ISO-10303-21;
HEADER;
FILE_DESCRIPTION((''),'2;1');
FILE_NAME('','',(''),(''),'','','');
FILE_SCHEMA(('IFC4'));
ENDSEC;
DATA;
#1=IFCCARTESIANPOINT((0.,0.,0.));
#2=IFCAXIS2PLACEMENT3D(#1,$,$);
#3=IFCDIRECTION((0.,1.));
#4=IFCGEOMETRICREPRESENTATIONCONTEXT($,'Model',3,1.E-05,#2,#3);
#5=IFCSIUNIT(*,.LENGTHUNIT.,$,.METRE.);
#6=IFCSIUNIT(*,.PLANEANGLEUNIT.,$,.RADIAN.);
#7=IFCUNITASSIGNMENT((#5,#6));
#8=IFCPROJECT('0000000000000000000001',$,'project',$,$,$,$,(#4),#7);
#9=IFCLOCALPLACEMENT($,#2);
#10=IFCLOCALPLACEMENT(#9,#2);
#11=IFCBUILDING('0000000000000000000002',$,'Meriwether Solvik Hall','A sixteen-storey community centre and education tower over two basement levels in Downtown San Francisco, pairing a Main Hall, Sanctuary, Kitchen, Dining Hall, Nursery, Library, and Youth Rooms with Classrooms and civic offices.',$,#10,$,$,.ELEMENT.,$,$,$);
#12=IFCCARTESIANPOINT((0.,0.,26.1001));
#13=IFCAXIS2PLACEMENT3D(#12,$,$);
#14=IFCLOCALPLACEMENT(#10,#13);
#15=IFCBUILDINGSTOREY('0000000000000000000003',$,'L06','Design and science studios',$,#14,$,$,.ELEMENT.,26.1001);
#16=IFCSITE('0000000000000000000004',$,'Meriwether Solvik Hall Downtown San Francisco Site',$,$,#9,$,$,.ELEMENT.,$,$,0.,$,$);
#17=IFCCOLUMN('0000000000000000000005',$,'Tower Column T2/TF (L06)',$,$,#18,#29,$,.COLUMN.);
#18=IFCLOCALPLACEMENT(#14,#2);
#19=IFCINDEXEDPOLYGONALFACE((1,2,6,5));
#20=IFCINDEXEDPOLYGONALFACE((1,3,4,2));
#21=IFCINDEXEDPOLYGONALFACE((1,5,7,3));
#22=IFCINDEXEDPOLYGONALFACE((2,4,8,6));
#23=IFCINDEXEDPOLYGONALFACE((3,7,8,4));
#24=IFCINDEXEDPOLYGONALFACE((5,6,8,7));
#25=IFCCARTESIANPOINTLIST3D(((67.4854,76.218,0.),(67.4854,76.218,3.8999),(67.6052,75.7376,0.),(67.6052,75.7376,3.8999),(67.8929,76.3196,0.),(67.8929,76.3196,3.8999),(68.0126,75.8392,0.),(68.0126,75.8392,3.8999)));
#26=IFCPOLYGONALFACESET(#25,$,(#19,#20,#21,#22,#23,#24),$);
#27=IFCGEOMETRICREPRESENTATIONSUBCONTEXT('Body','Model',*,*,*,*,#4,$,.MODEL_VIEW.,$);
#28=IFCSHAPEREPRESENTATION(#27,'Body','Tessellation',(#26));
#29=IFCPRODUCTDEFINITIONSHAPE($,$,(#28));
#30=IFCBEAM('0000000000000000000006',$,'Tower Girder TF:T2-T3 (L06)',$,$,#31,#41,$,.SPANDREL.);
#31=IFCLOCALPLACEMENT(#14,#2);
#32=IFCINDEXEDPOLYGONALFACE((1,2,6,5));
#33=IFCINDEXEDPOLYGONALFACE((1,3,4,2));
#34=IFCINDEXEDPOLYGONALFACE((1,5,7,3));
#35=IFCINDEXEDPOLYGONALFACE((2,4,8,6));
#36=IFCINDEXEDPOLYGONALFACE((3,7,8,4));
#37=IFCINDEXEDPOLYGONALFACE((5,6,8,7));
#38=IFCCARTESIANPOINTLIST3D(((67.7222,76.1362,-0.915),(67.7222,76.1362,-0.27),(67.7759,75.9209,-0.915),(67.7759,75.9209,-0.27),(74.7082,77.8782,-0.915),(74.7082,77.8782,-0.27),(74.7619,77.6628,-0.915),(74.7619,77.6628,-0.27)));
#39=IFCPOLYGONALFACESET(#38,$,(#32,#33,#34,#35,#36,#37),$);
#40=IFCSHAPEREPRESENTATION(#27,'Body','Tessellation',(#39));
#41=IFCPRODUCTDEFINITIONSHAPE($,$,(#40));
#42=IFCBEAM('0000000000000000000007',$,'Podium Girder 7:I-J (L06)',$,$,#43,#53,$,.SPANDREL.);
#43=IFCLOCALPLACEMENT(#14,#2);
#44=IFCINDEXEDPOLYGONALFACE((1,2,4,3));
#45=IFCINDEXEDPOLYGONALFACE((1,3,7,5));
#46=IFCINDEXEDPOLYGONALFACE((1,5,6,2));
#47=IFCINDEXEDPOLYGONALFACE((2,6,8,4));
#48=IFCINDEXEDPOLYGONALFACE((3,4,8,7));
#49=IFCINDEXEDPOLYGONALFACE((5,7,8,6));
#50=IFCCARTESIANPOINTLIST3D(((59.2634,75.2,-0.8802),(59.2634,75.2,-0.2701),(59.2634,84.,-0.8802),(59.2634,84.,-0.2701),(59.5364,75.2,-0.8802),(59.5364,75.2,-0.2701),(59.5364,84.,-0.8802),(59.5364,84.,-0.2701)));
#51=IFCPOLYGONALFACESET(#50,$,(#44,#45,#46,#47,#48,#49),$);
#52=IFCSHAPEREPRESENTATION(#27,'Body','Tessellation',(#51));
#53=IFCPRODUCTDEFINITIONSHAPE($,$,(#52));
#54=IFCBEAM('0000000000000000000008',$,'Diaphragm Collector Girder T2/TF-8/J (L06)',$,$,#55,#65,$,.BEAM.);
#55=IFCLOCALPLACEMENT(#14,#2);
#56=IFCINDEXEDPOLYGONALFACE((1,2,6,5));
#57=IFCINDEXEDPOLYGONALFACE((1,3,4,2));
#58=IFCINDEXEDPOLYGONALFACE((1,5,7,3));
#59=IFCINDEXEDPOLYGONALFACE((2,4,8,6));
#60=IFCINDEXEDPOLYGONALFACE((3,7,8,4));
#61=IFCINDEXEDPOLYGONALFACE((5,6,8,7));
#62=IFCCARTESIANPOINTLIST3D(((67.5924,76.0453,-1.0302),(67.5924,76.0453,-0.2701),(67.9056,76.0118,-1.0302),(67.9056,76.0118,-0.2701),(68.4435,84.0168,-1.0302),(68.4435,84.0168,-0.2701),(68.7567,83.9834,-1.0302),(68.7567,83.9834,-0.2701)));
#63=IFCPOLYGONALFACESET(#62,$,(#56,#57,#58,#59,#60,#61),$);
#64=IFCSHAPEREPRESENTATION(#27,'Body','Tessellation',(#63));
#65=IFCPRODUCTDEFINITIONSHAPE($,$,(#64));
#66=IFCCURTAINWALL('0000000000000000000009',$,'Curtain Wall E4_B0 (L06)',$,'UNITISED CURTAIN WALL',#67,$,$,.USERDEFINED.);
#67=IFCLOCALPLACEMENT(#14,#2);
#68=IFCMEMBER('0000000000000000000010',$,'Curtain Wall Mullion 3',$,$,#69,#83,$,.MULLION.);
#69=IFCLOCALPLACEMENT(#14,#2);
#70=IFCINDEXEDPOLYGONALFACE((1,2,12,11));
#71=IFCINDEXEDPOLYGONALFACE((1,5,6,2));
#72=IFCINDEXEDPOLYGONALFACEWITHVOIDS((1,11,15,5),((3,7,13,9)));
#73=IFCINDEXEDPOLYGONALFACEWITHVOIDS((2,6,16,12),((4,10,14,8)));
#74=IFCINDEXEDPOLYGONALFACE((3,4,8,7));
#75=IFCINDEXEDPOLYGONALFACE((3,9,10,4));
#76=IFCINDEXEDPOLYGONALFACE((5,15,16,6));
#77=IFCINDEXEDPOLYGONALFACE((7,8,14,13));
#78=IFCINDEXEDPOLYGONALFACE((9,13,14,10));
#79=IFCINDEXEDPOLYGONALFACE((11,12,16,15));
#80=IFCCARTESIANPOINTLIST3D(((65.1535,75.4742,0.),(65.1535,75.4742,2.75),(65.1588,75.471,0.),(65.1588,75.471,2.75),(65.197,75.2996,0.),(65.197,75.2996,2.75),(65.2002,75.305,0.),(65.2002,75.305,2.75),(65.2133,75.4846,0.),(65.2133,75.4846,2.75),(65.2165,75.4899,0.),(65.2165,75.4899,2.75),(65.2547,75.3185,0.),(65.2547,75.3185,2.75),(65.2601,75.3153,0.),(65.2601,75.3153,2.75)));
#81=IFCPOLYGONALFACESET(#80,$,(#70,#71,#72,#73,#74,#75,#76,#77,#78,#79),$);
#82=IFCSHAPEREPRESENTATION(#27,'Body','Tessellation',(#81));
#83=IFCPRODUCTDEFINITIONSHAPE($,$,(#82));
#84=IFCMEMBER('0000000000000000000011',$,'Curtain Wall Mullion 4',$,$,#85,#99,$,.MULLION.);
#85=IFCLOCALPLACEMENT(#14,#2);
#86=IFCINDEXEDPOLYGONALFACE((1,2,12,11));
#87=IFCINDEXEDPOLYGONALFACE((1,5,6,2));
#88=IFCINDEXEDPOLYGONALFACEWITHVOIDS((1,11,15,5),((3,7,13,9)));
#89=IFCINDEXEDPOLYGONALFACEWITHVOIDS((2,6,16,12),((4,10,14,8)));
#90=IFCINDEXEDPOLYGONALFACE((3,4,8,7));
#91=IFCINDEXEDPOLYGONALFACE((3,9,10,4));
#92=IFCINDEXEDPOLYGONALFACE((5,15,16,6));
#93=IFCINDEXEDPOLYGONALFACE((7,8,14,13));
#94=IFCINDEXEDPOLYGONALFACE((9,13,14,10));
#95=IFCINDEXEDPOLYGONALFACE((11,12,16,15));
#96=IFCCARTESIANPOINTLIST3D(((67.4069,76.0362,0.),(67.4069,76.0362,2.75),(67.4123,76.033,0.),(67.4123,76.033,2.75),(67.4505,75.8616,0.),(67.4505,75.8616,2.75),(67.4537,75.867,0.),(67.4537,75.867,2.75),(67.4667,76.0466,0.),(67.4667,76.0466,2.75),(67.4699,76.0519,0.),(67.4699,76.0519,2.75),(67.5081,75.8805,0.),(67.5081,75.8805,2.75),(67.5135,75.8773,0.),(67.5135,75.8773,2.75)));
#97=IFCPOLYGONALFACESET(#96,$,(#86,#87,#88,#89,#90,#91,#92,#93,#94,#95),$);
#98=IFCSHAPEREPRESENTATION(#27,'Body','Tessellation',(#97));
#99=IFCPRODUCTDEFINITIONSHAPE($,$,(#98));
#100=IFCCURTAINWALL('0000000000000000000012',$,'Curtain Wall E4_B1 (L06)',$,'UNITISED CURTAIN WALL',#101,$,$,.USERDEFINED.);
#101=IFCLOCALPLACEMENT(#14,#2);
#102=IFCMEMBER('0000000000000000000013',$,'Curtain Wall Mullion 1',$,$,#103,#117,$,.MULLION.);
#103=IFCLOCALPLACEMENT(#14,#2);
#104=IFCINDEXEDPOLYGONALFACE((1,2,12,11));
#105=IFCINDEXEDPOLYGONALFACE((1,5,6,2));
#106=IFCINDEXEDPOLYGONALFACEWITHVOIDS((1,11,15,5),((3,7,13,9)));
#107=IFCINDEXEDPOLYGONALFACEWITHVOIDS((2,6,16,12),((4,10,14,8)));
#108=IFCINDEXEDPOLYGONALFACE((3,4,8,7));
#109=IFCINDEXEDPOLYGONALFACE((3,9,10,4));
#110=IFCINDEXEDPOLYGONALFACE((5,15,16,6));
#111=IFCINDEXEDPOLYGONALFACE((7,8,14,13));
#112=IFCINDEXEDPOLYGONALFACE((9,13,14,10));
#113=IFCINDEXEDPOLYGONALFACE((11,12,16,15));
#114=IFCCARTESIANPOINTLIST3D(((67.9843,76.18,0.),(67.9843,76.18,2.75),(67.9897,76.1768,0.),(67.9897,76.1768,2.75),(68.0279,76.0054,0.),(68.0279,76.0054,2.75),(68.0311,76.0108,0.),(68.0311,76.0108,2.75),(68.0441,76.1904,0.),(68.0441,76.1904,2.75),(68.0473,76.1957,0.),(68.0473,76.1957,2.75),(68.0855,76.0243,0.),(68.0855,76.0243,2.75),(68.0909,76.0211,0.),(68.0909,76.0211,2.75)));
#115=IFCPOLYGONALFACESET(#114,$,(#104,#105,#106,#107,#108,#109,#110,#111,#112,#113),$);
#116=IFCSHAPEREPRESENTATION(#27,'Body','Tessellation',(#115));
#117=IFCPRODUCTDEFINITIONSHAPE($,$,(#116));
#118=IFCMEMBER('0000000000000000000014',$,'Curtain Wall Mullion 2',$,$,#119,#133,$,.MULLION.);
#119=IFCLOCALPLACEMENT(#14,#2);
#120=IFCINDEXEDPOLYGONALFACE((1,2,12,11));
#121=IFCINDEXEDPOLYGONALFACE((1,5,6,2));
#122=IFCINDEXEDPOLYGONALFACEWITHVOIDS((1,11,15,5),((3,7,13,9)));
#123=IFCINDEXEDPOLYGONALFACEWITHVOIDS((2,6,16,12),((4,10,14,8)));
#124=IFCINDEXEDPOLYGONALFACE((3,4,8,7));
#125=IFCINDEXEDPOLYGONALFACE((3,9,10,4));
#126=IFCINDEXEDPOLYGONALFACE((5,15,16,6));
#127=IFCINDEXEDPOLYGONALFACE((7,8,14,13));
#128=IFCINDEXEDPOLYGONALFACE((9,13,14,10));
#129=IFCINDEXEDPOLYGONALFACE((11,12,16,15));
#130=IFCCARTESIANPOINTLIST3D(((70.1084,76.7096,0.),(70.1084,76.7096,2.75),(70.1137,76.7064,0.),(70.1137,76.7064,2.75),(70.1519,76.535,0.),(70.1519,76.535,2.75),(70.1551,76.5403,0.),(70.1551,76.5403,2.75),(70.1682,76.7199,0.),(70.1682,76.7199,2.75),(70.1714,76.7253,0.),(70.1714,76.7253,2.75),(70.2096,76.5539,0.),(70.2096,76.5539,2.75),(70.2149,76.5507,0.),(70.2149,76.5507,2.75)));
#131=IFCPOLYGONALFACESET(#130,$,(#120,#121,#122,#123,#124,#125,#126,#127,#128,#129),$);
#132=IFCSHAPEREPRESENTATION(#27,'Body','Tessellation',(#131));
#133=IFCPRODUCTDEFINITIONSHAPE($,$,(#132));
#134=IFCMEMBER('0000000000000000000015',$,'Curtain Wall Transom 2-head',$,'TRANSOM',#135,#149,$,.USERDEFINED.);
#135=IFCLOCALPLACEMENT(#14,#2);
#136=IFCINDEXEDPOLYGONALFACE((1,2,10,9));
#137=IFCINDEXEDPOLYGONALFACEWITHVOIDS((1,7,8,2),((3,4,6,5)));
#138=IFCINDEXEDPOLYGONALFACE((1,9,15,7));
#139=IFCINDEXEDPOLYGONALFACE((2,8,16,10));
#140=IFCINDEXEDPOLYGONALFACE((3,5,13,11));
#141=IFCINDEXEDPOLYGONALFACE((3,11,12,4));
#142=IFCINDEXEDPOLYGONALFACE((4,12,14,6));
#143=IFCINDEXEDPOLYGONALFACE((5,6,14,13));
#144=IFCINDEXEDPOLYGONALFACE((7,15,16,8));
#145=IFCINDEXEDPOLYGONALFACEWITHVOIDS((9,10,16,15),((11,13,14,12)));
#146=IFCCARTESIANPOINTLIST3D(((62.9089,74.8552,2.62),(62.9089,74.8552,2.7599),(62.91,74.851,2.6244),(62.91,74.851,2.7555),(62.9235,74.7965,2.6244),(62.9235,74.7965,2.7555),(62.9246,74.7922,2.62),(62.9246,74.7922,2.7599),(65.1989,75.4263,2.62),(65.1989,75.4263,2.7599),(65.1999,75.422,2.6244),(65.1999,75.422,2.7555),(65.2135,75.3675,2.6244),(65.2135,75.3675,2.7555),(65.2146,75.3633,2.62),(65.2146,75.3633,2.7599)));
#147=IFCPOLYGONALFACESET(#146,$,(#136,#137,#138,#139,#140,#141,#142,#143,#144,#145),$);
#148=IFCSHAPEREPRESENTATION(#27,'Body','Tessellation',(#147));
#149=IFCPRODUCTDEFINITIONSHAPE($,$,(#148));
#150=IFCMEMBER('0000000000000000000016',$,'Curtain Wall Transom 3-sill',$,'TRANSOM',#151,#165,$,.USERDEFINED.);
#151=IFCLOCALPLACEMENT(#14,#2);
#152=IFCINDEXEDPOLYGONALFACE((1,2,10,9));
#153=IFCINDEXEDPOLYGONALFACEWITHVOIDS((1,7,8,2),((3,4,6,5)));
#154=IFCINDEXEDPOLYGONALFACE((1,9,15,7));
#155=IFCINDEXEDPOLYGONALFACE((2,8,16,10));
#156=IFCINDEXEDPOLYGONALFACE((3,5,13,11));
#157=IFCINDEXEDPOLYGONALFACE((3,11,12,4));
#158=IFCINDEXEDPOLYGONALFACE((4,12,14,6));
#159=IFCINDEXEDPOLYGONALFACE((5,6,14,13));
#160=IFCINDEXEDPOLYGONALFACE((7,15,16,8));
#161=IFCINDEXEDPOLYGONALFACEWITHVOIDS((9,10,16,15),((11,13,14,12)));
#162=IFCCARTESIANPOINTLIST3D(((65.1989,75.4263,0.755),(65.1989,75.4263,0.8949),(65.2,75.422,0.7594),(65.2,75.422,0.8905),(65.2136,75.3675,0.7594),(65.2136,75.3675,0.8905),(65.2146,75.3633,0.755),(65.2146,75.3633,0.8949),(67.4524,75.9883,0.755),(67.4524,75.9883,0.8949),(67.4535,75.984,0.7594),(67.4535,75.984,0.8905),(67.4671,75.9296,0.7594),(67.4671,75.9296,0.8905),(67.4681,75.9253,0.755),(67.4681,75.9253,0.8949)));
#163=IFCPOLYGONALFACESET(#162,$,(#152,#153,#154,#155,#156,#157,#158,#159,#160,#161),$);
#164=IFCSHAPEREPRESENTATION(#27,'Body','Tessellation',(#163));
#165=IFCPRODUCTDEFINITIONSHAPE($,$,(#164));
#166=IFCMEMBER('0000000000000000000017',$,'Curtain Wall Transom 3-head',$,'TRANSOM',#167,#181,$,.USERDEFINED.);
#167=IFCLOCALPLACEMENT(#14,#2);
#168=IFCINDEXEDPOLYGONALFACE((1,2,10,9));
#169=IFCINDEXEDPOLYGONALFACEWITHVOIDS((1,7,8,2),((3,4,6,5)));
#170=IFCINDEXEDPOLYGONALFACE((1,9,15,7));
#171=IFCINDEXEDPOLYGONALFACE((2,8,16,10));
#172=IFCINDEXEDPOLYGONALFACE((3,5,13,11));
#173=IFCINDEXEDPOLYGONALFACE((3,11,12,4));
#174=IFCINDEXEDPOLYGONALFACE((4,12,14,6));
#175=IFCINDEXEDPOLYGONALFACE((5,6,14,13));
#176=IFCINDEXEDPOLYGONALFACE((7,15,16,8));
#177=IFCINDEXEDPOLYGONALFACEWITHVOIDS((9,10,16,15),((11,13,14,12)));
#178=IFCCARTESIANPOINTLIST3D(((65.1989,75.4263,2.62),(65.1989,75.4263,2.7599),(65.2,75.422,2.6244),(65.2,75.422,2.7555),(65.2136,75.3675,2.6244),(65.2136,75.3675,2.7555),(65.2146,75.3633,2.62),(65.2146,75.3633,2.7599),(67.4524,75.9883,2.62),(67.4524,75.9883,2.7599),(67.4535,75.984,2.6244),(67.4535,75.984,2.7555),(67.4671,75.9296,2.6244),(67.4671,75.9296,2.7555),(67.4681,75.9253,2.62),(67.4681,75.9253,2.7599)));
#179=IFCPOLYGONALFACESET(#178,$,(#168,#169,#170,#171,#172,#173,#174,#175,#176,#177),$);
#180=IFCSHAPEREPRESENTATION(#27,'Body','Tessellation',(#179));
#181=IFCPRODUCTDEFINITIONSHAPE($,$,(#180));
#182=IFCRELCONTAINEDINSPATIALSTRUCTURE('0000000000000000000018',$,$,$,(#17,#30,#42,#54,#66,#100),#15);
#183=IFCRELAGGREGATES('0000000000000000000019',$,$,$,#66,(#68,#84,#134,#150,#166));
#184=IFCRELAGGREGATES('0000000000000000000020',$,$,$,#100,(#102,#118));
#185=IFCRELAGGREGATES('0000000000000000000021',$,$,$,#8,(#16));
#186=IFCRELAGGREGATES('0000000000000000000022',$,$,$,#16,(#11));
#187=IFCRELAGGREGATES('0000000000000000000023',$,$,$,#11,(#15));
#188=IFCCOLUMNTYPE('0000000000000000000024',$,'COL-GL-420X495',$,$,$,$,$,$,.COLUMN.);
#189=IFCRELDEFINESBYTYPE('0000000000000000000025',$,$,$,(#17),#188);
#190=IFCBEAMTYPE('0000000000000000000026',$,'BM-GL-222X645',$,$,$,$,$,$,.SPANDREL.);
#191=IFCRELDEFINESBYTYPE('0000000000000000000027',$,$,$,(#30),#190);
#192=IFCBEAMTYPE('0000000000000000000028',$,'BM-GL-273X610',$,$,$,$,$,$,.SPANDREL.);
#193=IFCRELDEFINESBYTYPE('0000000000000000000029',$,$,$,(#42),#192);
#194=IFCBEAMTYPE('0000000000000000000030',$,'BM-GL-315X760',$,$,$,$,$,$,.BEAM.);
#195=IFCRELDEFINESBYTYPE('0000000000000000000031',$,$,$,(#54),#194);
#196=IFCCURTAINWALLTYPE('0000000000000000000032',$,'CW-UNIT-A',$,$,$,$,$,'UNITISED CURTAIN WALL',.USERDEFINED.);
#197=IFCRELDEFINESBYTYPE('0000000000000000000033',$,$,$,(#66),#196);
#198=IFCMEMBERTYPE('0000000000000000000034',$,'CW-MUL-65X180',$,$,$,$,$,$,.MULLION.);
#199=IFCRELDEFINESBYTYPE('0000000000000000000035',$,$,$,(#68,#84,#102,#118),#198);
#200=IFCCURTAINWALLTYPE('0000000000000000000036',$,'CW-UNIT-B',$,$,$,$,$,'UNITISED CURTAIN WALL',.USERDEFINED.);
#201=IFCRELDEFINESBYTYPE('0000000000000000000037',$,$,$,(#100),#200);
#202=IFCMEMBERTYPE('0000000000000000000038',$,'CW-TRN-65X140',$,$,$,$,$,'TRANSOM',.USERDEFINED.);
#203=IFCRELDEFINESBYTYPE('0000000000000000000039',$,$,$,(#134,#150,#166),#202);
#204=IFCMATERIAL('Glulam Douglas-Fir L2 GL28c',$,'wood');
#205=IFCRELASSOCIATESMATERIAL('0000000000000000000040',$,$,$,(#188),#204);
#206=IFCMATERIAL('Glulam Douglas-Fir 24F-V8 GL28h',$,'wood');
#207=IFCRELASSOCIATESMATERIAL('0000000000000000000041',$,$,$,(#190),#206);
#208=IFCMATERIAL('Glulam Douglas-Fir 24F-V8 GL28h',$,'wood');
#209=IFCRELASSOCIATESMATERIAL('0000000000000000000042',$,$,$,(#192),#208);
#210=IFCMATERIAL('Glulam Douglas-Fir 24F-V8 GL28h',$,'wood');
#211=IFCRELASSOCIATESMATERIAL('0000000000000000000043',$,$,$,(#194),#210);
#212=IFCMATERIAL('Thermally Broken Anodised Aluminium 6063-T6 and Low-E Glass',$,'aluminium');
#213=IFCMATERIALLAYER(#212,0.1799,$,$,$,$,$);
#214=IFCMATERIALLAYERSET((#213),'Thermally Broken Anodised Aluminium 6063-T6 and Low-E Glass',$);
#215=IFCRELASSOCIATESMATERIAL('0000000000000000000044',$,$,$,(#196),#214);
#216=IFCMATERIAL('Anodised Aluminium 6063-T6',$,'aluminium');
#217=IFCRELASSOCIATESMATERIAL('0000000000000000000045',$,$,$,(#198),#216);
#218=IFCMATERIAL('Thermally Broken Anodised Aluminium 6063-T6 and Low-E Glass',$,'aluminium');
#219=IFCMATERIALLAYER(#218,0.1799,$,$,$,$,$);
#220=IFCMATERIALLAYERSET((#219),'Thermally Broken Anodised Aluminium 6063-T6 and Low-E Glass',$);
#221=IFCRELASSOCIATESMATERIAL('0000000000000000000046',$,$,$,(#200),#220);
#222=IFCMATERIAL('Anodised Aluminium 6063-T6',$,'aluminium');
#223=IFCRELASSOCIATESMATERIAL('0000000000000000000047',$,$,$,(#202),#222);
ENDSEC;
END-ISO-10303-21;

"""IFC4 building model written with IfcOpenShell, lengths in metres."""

from ifc_helpers import new_model, si_unit, direction, frame, origin, origin_2d, place, context, subcontext, project, spatial, rectangle, hollow_rectangle, extrude, material, layer, layer_set, material_profile, profile_set, type_object, element, aggregate, save


model = new_model("IFC4")

# Units and contexts
model_context = context("Model", 3, precision=1e-05, world=origin(), true_north=direction((0.0, 1.0)))
body_context = subcontext(model_context, "Body", "Model", "MODEL_VIEW")
ifc_project = project(units=[si_unit("LENGTHUNIT", "METRE"), si_unit("PLANEANGLEUNIT", "RADIAN")], contexts=[model_context])

# Site, building, storey
site_placement = place(None, origin())
site = spatial("IfcSite", under=ifc_project, at=site_placement, Name="Meriwether Solvik Hall Downtown San Francisco Site", CompositionType="ELEMENT", RefElevation=0.0)
building_placement = place(site_placement, origin())
building = spatial("IfcBuilding", under=site, at=building_placement, Name="Meriwether Solvik Hall", Description="A sixteen-storey community centre and education tower over two basement levels in Downtown San Francisco, pairing a Main Hall, Sanctuary, Kitchen, Dining Hall, Nursery, Library, and Youth Rooms with Classrooms and civic offices.", CompositionType="ELEMENT")
storey_placement = place(building_placement, frame((0.0, 0.0, 26.1001)))
storey = spatial("IfcBuildingStorey", under=building, at=storey_placement, Name="L06", Description="Design and science studios", CompositionType="ELEMENT", Elevation=26.1001)

# Column
ifc_material_1 = material(Name="Glulam Douglas-Fir L2 GL28c", Category="wood")
ifc_material_profile_1 = material_profile(ifc_material_1, rectangle(XDim=0.4199, YDim=0.4951, at=origin_2d()), Name="GLC-420X495")
ifc_profile_set_1 = profile_set([ifc_material_profile_1], Name="Glulam Douglas-Fir L2 GL28c")
column_type = type_object("IfcColumnType", Name="COL-GL-420X495", PredefinedType="COLUMN", material=ifc_profile_set_1)
column_placement = place(storey_placement, frame((67.749, 76.0286, 0.0), z_axis=(0.0, 0.0, 1.0), x_axis=(0.970296, 0.241922, 0.0)))
element("IfcColumn", 1, at=column_placement, inside=storey, type_object=column_type, Name="Tower Column T2/TF (L06)", PredefinedType="COLUMN", context=body_context, shape_type="SweptSolid", body=[
    extrude(rectangle(XDim=0.4199, YDim=0.4951, at=origin_2d()), origin(), (0.0, 0.0, 1.0), 3.8999),
])

# Beams
ifc_material_2 = material(Name="Glulam Douglas-Fir 24F-V8 GL28h", Category="wood")
ifc_material_profile_2 = material_profile(ifc_material_2, rectangle(XDim=0.2219, YDim=0.645, at=origin_2d()), Name="GLB-222X645")
ifc_profile_set_2 = profile_set([ifc_material_profile_2], Name="Glulam Douglas-Fir 24F-V8 GL28h")
beam_type_1 = type_object("IfcBeamType", Name="BM-GL-222X645", PredefinedType="SPANDREL", material=ifc_profile_set_2)
beam_1_placement = place(storey_placement, frame((67.749, 76.0286, -0.5925), z_axis=(0.970292, 0.241937, 0.0), x_axis=(-0.241937, 0.970292, 0.0)))
element("IfcBeam", 2, at=beam_1_placement, inside=storey, type_object=beam_type_1, Name="Tower Girder TF:T2-T3 (L06)", PredefinedType="SPANDREL", context=body_context, shape_type="SweptSolid", body=[
    extrude(rectangle(XDim=0.2219, YDim=0.645, at=origin_2d()), origin(), (0.0, 0.0, 1.0), 7.2),
])
ifc_material_3 = material(Name="Glulam Douglas-Fir 24F-V8 GL28h", Category="wood")
ifc_material_profile_3 = material_profile(ifc_material_3, rectangle(XDim=0.2729, YDim=0.6101, at=origin_2d()), Name="GLB-273X610")
ifc_profile_set_3 = profile_set([ifc_material_profile_3], Name="Glulam Douglas-Fir 24F-V8 GL28h")
beam_type_2 = type_object("IfcBeamType", Name="BM-GL-273X610", PredefinedType="SPANDREL", material=ifc_profile_set_3)
beam_2_placement = place(storey_placement, frame((59.3999, 75.2, -0.5752), z_axis=(0.0, 1.0, 0.0), x_axis=(-1.0, 0.0, 0.0)))
element("IfcBeam", 3, at=beam_2_placement, inside=storey, type_object=beam_type_2, Name="Podium Girder 7:I-J (L06)", PredefinedType="SPANDREL", context=body_context, shape_type="SweptSolid", body=[
    extrude(rectangle(XDim=0.2729, YDim=0.6101, at=origin_2d()), origin(), (0.0, 0.0, 1.0), 8.8),
])
ifc_material_4 = material(Name="Glulam Douglas-Fir 24F-V8 GL28h", Category="wood")
ifc_material_profile_4 = material_profile(ifc_material_4, rectangle(XDim=0.3149, YDim=0.76, at=origin_2d()), Name="GLB-315X760")
ifc_profile_set_4 = profile_set([ifc_material_profile_4], Name="Glulam Douglas-Fir 24F-V8 GL28h")
beam_type_3 = type_object("IfcBeamType", Name="BM-GL-315X760", PredefinedType="BEAM", material=ifc_profile_set_4)
beam_3_placement = place(storey_placement, frame((67.749, 76.0286, -0.6501), z_axis=(0.106162, 0.994349, 0.0), x_axis=(-0.994349, 0.106162, 0.0)))
element("IfcBeam", 4, at=beam_3_placement, inside=storey, type_object=beam_type_3, Name="Diaphragm Collector Girder T2/TF-8/J (L06)", PredefinedType="BEAM", context=body_context, shape_type="SweptSolid", body=[
    extrude(rectangle(XDim=0.3149, YDim=0.76, at=origin_2d()), origin(), (0.0, 0.0, 1.0), 8.0168),
])

# Curtain walls, members
ifc_material_5 = material(Name="Thermally Broken Anodised Aluminium 6063-T6 and Low-E Glass", Category="aluminium")
ifc_layer_1 = layer(ifc_material_5, 0.1799)
ifc_layer_set_1 = layer_set([ifc_layer_1], Name="Thermally Broken Anodised Aluminium 6063-T6 and Low-E Glass")
curtain_wall_type_1 = type_object("IfcCurtainWallType", Name="CW-UNIT-A", ElementType="UNITISED CURTAIN WALL", PredefinedType="USERDEFINED", material=ifc_layer_set_1)
curtain_wall_1_placement = place(storey_placement, origin())
curtain_wall_1 = element("IfcCurtainWall", 5, at=curtain_wall_1_placement, inside=storey, type_object=curtain_wall_type_1, Name="Curtain Wall E4_B0 (L06)", ObjectType="UNITISED CURTAIN WALL", PredefinedType="USERDEFINED")
ifc_material_6 = material(Name="Anodised Aluminium 6063-T6", Category="aluminium")
ifc_material_profile_5 = material_profile(ifc_material_6, hollow_rectangle(XDim=0.0649, YDim=0.1799, WallThickness=0.0044, at=origin_2d()), Name="CWM-65X180")
ifc_profile_set_5 = profile_set([ifc_material_profile_5], Name="Anodised Aluminium 6063-T6")
member_type_1 = type_object("IfcMemberType", Name="CW-MUL-65X180", PredefinedType="MULLION", material=ifc_profile_set_5)
member_1_placement = place(storey_placement, frame((65.2068, 75.3948, 0.0), z_axis=(0.0, 0.0, 1.0), x_axis=(0.970296, 0.241922, 0.0)))
member_1 = element("IfcMember", 6, at=member_1_placement, type_object=member_type_1, Name="Curtain Wall Mullion 3", PredefinedType="MULLION", context=body_context, shape_type="SweptSolid", body=[
    extrude(hollow_rectangle(XDim=0.0649, YDim=0.1799, WallThickness=0.0044, at=origin_2d()), origin(), (0.0, 0.0, 1.0), 2.75),
])
member_2_placement = place(storey_placement, frame((67.4602, 75.9568, 0.0), z_axis=(0.0, 0.0, 1.0), x_axis=(0.970296, 0.241922, 0.0)))
member_2 = element("IfcMember", 7, at=member_2_placement, type_object=member_type_1, Name="Curtain Wall Mullion 4", PredefinedType="MULLION", context=body_context, shape_type="SweptSolid", body=[
    extrude(hollow_rectangle(XDim=0.0649, YDim=0.1799, WallThickness=0.0044, at=origin_2d()), origin(), (0.0, 0.0, 1.0), 2.75),
])
ifc_material_7 = material(Name="Thermally Broken Anodised Aluminium 6063-T6 and Low-E Glass", Category="aluminium")
ifc_layer_2 = layer(ifc_material_7, 0.1799)
ifc_layer_set_2 = layer_set([ifc_layer_2], Name="Thermally Broken Anodised Aluminium 6063-T6 and Low-E Glass")
curtain_wall_type_2 = type_object("IfcCurtainWallType", Name="CW-UNIT-B", ElementType="UNITISED CURTAIN WALL", PredefinedType="USERDEFINED", material=ifc_layer_set_2)
curtain_wall_2_placement = place(storey_placement, origin())
curtain_wall_2 = element("IfcCurtainWall", 8, at=curtain_wall_2_placement, inside=storey, type_object=curtain_wall_type_2, Name="Curtain Wall E4_B1 (L06)", ObjectType="UNITISED CURTAIN WALL", PredefinedType="USERDEFINED")
member_3_placement = place(storey_placement, frame((68.0376, 76.1006, 0.0), z_axis=(0.0, 0.0, 1.0), x_axis=(0.970296, 0.241922, 0.0)))
member_3 = element("IfcMember", 9, at=member_3_placement, type_object=member_type_1, Name="Curtain Wall Mullion 1", PredefinedType="MULLION", context=body_context, shape_type="SweptSolid", body=[
    extrude(hollow_rectangle(XDim=0.0649, YDim=0.1799, WallThickness=0.0044, at=origin_2d()), origin(), (0.0, 0.0, 1.0), 2.75),
])
member_4_placement = place(storey_placement, frame((70.1616, 76.6301, 0.0), z_axis=(0.0, 0.0, 1.0), x_axis=(0.970296, 0.241922, 0.0)))
member_4 = element("IfcMember", 10, at=member_4_placement, type_object=member_type_1, Name="Curtain Wall Mullion 2", PredefinedType="MULLION", context=body_context, shape_type="SweptSolid", body=[
    extrude(hollow_rectangle(XDim=0.0649, YDim=0.1799, WallThickness=0.0044, at=origin_2d()), origin(), (0.0, 0.0, 1.0), 2.75),
])

# Members
ifc_material_8 = material(Name="Anodised Aluminium 6063-T6", Category="aluminium")
ifc_material_profile_6 = material_profile(ifc_material_8, hollow_rectangle(XDim=0.0649, YDim=0.1399, WallThickness=0.0044, at=origin_2d()), Name="CWT-65X140")
ifc_profile_set_6 = profile_set([ifc_material_profile_6], Name="Anodised Aluminium 6063-T6")
member_type_2 = type_object("IfcMemberType", Name="CW-TRN-65X140", ElementType="TRANSOM", PredefinedType="USERDEFINED", material=ifc_profile_set_6)
member_5_placement = place(storey_placement, frame((62.9167, 74.8237, 2.6899), z_axis=(0.970288, 0.241951, 0.0), x_axis=(-0.241951, 0.970288, 0.0)))
member_5 = element("IfcMember", 11, at=member_5_placement, type_object=member_type_2, Name="Curtain Wall Transom 2-head", ObjectType="TRANSOM", PredefinedType="USERDEFINED", context=body_context, shape_type="SweptSolid", body=[
    extrude(hollow_rectangle(XDim=0.0649, YDim=0.1399, WallThickness=0.0044, at=origin_2d()), origin(), (0.0, 0.0, 1.0), 2.3601),
])
member_6_placement = place(storey_placement, frame((65.2068, 75.3948, 0.825), z_axis=(0.970278, 0.241991, 0.0), x_axis=(-0.241991, 0.970278, 0.0)))
member_6 = element("IfcMember", 12, at=member_6_placement, type_object=member_type_2, Name="Curtain Wall Transom 3-sill", ObjectType="TRANSOM", PredefinedType="USERDEFINED", context=body_context, shape_type="SweptSolid", body=[
    extrude(hollow_rectangle(XDim=0.0649, YDim=0.1399, WallThickness=0.0044, at=origin_2d()), origin(), (0.0, 0.0, 1.0), 2.3225),
])
member_7_placement = place(storey_placement, frame((65.2068, 75.3948, 2.6899), z_axis=(0.970278, 0.241991, 0.0), x_axis=(-0.241991, 0.970278, 0.0)))
member_7 = element("IfcMember", 13, at=member_7_placement, type_object=member_type_2, Name="Curtain Wall Transom 3-head", ObjectType="TRANSOM", PredefinedType="USERDEFINED", context=body_context, shape_type="SweptSolid", body=[
    extrude(hollow_rectangle(XDim=0.0649, YDim=0.1399, WallThickness=0.0044, at=origin_2d()), origin(), (0.0, 0.0, 1.0), 2.3225),
])

aggregate(curtain_wall_1, [member_1, member_2, member_5, member_6, member_7])
aggregate(curtain_wall_2, [member_3, member_4])

save(model, "model.ifc")
